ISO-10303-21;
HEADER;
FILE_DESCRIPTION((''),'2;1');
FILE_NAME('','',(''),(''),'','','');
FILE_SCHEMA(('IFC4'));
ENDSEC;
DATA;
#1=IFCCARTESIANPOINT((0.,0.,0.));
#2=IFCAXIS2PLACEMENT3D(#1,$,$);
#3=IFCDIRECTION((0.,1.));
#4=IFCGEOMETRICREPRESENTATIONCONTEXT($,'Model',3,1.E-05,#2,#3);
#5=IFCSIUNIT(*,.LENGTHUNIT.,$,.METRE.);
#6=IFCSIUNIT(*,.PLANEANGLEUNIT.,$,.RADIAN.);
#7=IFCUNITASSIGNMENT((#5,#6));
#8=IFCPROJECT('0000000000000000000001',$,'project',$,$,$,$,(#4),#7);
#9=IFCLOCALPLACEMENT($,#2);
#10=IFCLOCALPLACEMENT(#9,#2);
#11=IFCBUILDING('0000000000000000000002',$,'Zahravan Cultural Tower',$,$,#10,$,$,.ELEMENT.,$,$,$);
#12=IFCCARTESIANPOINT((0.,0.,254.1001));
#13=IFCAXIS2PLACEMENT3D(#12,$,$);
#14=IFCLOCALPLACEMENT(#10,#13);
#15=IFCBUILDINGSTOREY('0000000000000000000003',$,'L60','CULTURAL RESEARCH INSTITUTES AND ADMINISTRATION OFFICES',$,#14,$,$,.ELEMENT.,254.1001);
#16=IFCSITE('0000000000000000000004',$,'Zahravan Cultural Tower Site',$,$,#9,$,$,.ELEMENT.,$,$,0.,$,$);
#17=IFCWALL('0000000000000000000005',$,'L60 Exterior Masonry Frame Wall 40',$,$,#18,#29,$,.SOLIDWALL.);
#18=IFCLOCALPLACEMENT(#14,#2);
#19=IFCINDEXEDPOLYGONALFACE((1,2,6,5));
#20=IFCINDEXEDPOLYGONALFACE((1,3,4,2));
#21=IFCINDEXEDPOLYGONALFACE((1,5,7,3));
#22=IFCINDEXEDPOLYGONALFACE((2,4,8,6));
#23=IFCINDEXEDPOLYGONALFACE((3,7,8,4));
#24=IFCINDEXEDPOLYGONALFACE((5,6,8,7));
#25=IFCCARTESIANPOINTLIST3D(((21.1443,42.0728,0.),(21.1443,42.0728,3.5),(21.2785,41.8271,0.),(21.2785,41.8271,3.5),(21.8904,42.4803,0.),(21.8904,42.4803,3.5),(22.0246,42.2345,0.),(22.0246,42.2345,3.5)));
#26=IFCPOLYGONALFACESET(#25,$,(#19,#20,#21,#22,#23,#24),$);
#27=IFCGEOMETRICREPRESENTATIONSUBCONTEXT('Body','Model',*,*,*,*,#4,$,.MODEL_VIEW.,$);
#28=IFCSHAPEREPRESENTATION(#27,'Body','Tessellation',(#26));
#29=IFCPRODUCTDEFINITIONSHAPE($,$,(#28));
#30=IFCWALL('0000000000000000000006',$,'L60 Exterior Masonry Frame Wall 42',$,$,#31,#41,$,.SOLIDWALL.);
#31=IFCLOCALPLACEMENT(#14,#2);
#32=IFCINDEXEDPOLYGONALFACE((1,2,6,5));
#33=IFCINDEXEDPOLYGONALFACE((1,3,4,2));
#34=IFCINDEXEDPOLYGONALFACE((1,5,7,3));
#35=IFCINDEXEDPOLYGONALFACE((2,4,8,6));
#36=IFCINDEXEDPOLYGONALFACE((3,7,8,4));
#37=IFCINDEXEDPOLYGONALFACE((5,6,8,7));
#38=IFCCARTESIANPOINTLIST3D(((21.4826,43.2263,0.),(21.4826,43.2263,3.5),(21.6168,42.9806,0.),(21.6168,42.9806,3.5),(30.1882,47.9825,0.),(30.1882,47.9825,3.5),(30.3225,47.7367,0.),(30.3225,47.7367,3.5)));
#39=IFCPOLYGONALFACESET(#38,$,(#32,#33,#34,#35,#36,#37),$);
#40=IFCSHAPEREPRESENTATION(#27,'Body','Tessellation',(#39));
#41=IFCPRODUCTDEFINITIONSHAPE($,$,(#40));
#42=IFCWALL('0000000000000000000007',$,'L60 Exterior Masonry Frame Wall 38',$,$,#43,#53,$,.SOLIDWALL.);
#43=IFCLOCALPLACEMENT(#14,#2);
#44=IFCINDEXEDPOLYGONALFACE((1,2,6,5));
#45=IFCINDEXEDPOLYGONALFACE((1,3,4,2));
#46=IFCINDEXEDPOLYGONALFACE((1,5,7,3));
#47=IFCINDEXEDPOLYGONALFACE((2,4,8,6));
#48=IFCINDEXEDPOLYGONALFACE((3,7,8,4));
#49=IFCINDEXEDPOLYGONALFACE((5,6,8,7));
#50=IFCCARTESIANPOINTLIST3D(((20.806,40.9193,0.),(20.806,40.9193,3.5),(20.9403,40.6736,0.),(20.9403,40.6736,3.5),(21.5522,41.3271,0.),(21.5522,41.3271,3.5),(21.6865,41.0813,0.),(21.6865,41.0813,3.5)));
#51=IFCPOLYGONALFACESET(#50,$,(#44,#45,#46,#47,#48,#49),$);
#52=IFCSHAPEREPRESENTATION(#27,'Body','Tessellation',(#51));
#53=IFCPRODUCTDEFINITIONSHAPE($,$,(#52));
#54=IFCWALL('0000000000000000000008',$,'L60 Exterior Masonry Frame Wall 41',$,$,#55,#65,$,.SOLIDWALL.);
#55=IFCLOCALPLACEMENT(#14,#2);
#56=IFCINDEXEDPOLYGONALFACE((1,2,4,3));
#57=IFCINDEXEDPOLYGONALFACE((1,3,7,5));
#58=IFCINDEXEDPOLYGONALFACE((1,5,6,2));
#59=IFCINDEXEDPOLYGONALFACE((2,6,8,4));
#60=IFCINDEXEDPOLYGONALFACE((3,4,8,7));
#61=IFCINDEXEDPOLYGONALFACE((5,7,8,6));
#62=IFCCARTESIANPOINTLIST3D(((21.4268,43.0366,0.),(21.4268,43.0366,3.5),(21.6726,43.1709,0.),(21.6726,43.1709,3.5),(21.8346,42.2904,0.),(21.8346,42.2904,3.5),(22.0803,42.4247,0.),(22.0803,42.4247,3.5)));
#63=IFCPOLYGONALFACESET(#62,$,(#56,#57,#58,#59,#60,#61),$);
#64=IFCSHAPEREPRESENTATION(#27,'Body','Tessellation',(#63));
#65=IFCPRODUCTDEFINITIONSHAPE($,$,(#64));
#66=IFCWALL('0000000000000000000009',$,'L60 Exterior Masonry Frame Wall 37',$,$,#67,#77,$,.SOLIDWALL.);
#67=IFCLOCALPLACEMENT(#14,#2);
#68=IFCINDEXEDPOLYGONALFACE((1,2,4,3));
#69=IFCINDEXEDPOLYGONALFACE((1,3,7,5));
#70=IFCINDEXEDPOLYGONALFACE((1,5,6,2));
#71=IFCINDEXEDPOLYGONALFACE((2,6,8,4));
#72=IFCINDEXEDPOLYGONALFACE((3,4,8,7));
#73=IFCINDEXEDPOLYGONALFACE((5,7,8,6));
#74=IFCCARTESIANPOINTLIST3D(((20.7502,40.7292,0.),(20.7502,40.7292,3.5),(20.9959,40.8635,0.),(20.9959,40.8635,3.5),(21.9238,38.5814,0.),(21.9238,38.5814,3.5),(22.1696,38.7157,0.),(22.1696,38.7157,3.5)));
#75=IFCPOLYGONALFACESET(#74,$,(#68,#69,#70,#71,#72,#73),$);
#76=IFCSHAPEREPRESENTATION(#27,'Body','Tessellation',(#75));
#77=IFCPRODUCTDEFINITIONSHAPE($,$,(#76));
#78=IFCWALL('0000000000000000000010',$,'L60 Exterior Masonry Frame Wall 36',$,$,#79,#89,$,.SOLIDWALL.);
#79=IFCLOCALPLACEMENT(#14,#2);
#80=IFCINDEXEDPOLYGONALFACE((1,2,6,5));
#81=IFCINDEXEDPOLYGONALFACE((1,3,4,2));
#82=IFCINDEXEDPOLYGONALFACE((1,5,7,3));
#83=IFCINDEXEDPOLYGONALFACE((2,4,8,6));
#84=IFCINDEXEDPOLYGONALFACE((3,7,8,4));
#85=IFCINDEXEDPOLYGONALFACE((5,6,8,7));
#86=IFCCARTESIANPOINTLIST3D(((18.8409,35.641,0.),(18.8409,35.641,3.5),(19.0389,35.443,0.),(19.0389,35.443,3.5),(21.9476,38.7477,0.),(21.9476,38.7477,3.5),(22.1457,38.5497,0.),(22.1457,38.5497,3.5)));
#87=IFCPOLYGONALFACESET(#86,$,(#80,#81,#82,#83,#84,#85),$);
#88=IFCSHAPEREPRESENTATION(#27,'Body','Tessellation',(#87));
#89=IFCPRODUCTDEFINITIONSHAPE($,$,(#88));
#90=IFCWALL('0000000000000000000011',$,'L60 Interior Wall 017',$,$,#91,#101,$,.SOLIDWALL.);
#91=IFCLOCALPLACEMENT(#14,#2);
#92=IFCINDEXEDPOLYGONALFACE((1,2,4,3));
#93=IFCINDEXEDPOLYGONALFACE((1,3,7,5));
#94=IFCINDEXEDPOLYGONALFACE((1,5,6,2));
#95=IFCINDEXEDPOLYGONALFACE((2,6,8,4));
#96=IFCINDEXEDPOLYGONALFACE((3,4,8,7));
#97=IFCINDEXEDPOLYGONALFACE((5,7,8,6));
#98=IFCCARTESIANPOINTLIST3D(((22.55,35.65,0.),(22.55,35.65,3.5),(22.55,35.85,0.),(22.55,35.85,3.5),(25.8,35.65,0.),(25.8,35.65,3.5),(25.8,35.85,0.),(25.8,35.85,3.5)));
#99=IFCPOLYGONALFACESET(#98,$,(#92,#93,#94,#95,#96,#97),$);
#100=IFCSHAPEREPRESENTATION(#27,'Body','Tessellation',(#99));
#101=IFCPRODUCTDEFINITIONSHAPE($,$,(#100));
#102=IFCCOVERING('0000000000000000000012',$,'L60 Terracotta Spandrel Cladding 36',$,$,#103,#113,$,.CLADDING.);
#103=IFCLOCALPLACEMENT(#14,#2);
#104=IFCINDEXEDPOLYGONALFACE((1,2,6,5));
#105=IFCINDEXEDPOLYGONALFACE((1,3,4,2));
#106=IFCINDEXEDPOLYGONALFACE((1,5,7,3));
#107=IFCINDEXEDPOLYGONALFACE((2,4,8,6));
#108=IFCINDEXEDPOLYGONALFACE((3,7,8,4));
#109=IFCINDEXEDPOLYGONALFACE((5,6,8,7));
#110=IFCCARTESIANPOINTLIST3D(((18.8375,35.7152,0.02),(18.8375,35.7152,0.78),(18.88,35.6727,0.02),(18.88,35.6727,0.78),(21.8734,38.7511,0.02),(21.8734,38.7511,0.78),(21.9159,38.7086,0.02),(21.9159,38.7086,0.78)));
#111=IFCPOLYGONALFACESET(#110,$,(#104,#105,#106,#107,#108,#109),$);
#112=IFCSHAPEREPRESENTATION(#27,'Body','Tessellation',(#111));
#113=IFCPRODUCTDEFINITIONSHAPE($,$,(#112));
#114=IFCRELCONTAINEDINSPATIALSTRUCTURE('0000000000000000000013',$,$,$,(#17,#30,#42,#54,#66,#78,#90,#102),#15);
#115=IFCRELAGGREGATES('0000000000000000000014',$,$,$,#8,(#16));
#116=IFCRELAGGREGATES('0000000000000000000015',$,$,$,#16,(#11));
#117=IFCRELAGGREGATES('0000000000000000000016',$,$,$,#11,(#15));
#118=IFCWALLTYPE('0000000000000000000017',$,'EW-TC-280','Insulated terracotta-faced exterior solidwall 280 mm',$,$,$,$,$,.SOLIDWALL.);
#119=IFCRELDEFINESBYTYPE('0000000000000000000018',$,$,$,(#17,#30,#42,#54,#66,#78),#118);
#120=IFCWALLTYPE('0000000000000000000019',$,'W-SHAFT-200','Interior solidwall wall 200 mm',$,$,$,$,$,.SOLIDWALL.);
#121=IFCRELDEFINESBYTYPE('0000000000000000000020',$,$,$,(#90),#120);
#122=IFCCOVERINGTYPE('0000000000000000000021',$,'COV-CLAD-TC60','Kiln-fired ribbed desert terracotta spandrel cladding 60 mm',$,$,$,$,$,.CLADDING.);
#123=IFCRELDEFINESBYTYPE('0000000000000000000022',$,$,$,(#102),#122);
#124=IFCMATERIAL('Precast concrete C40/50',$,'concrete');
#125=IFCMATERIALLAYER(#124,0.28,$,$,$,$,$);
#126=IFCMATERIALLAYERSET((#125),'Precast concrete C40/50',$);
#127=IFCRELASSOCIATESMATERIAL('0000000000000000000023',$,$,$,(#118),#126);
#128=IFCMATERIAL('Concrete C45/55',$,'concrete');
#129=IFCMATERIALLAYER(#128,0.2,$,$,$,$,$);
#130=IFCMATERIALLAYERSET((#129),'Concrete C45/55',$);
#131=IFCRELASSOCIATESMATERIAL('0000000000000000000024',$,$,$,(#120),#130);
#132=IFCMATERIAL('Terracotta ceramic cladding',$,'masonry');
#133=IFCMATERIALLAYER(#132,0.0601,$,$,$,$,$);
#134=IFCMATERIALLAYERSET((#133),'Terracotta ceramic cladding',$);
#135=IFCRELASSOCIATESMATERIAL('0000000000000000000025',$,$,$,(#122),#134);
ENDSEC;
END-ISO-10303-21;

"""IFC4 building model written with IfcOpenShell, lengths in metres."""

from ifc_helpers import new_model, si_unit, direction, frame, frame_2d, origin, origin_2d, place, context, subcontext, project, spatial, rectangle, extrude, source, transform, mapped, material, layer, layer_set, type_object, element, save


model = new_model("IFC4")

# Units and contexts
model_context = context("Model", 3, precision=1e-05, world=origin(), true_north=direction((0.0, 1.0)))
body_context = subcontext(model_context, "Body", "Model", "MODEL_VIEW")
ifc_project = project(units=[si_unit("LENGTHUNIT", "METRE"), si_unit("PLANEANGLEUNIT", "RADIAN")], contexts=[model_context])

# Site, building, storey
site_placement = place(None, origin())
site = spatial("IfcSite", under=ifc_project, at=site_placement, Name="Zahravan Cultural Tower Site", CompositionType="ELEMENT", RefElevation=0.0)
building_placement = place(site_placement, origin())
building = spatial("IfcBuilding", under=site, at=building_placement, Name="Zahravan Cultural Tower", CompositionType="ELEMENT")
storey_placement = place(building_placement, frame((0.0, 0.0, 254.1001)))
storey = spatial("IfcBuildingStorey", under=building, at=storey_placement, Name="L60", Description="CULTURAL RESEARCH INSTITUTES AND ADMINISTRATION OFFICES", CompositionType="ELEMENT", Elevation=254.1001)

# Walls
ifc_material_1 = material(Name="Precast concrete C40/50", Category="concrete")
ifc_layer_1 = layer(ifc_material_1, 0.28)
ifc_layer_set_1 = layer_set([ifc_layer_1], Name="Precast concrete C40/50")
wall_type_1 = type_object("IfcWallType", Name="EW-TC-280", Description="Insulated terracotta-faced exterior solidwall 280 mm", PredefinedType="SOLIDWALL", material=ifc_layer_set_1)
shared_shape_1 = source(origin(), body_context, "Body", "SweptSolid", [
    extrude(rectangle(XDim=0.8501, YDim=0.28, at=frame_2d((0.425, 0.0))), origin(), (0.0, 0.0, 1.0), 3.5),
])
for number, where, z_axis, x_axis, name in (
    (1, (21.2114, 41.95, 0.0), (0.0, 0.0, 1.0), (0.877643, 0.479315, 0.0), "L60 Exterior Masonry Frame Wall 40"),
):
    element("IfcWall", number, at=place(storey_placement, frame(where, z_axis=z_axis, x_axis=x_axis)), inside=storey, type_object=wall_type_1, Name=name, PredefinedType="SOLIDWALL", context=body_context, shape_type="MappedRepresentation", body=[
        mapped(shared_shape_1, transform((0.0, 0.0, 0.0), x_axis=(1.0, 0.0, 0.0), y_axis=(0.0, 1.0, 0.0), z_axis=(0.0, 0.0, 1.0), scale=1.0)),
    ])
shared_shape_2 = source(origin(), body_context, "Body", "SweptSolid", [
    extrude(rectangle(XDim=9.9202, YDim=0.28, at=frame_2d((4.96, 0.0))), origin(), (0.0, 0.0, 1.0), 3.5),
])
wall_1_placement = place(storey_placement, frame((21.5498, 43.1035, 0.0), z_axis=(0.0, 0.0, 1.0), x_axis=(0.877573, 0.479443, 0.0)))
element("IfcWall", 2, at=wall_1_placement, inside=storey, type_object=wall_type_1, Name="L60 Exterior Masonry Frame Wall 42", PredefinedType="SOLIDWALL", context=body_context, shape_type="MappedRepresentation", body=[
    mapped(shared_shape_2, transform((0.0, 0.0, 0.0), x_axis=(1.0, 0.0, 0.0), y_axis=(0.0, 1.0, 0.0), z_axis=(0.0, 0.0, 1.0), scale=1.0)),
])
shared_shape_3 = source(origin(), body_context, "Body", "SweptSolid", [
    extrude(rectangle(XDim=0.8503, YDim=0.28, at=frame_2d((0.4253, 0.0))), origin(), (0.0, 0.0, 1.0), 3.5),
])
for number, where, z_axis, x_axis, name in (
    (3, (20.873, 40.7964, 0.0), (0.0, 0.0, 1.0), (0.877522, 0.479536, 0.0), "L60 Exterior Masonry Frame Wall 38"),
    (4, (21.9575, 42.3574, 0.0), (0.0, 0.0, 1.0), (-0.479536, 0.877522, 0.0), "L60 Exterior Masonry Frame Wall 41"),
):
    element("IfcWall", number, at=place(storey_placement, frame(where, z_axis=z_axis, x_axis=x_axis)), inside=storey, type_object=wall_type_1, Name=name, PredefinedType="SOLIDWALL", context=body_context, shape_type="MappedRepresentation", body=[
        mapped(shared_shape_3, transform((0.0, 0.0, 0.0), x_axis=(1.0, 0.0, 0.0), y_axis=(0.0, 1.0, 0.0), z_axis=(0.0, 0.0, 1.0), scale=1.0)),
    ])
shared_shape_4 = source(origin(), body_context, "Body", "SweptSolid", [
    extrude(rectangle(XDim=2.4475, YDim=0.28, at=frame_2d((1.2236, 0.0))), origin(), (0.0, 0.0, 1.0), 3.5),
])
wall_2_placement = place(storey_placement, frame((22.0466, 38.6487, 0.0), z_axis=(0.0, 0.0, 1.0), x_axis=(-0.479516, 0.877533, 0.0)))
element("IfcWall", 5, at=wall_2_placement, inside=storey, type_object=wall_type_1, Name="L60 Exterior Masonry Frame Wall 37", PredefinedType="SOLIDWALL", context=body_context, shape_type="MappedRepresentation", body=[
    mapped(shared_shape_4, transform((0.0, 0.0, 0.0), x_axis=(1.0, 0.0, 0.0), y_axis=(0.0, 1.0, 0.0), z_axis=(0.0, 0.0, 1.0), scale=1.0)),
])
shared_shape_5 = source(origin(), body_context, "Body", "SweptSolid", [
    extrude(rectangle(XDim=4.3936, YDim=0.28, at=frame_2d((2.1968, 0.0))), origin(), (0.0, 0.0, 1.0), 3.5),
])
wall_3_placement = place(storey_placement, frame((18.9399, 35.542, 0.0), z_axis=(0.0, 0.0, 1.0), x_axis=(0.707107, 0.707107, 0.0)))
element("IfcWall", 6, at=wall_3_placement, inside=storey, type_object=wall_type_1, Name="L60 Exterior Masonry Frame Wall 36", PredefinedType="SOLIDWALL", context=body_context, shape_type="MappedRepresentation", body=[
    mapped(shared_shape_5, transform((0.0, 0.0, 0.0), x_axis=(1.0, 0.0, 0.0), y_axis=(0.0, 1.0, 0.0), z_axis=(0.0, 0.0, 1.0), scale=1.0)),
])
ifc_material_2 = material(Name="Concrete C45/55", Category="concrete")
ifc_layer_2 = layer(ifc_material_2, 0.2)
ifc_layer_set_2 = layer_set([ifc_layer_2], Name="Concrete C45/55")
wall_type_2 = type_object("IfcWallType", Name="W-SHAFT-200", Description="Interior solidwall wall 200 mm", PredefinedType="SOLIDWALL", material=ifc_layer_set_2)
shared_shape_6 = source(origin(), body_context, "Body", "SweptSolid", [
    extrude(rectangle(XDim=3.25, YDim=0.2, at=frame_2d((1.625, 0.0))), origin(), (0.0, 0.0, 1.0), 3.5),
])
wall_4_placement = place(storey_placement, frame((22.55, 35.75, 0.0), z_axis=(0.0, 0.0, 1.0), x_axis=(1.0, 0.0, 0.0)))
element("IfcWall", 7, at=wall_4_placement, inside=storey, type_object=wall_type_2, Name="L60 Interior Wall 017", PredefinedType="SOLIDWALL", context=body_context, shape_type="MappedRepresentation", body=[
    mapped(shared_shape_6, transform((0.0, 0.0, 0.0), x_axis=(1.0, 0.0, 0.0), y_axis=(0.0, 1.0, 0.0), z_axis=(0.0, 0.0, 1.0), scale=1.0)),
])

# Covering
ifc_material_3 = material(Name="Terracotta ceramic cladding", Category="masonry")
ifc_layer_3 = layer(ifc_material_3, 0.0601)
ifc_layer_set_3 = layer_set([ifc_layer_3], Name="Terracotta ceramic cladding")
covering_type = type_object("IfcCoveringType", Name="COV-CLAD-TC60", Description="Kiln-fired ribbed desert terracotta spandrel cladding 60 mm", PredefinedType="CLADDING", material=ifc_layer_set_3)
shared_shape_7 = source(origin(), body_context, "Body", "SweptSolid", [
    extrude(rectangle(XDim=4.2935, YDim=0.0601, at=origin_2d()), origin(), (0.0, 0.0, 1.0), 0.76),
])
covering_placement = place(storey_placement, frame((20.3767, 37.2119, 0.02), z_axis=(0.0, 0.0, 1.0), x_axis=(0.707107, 0.707107, 0.0)))
element("IfcCovering", 8, at=covering_placement, inside=storey, type_object=covering_type, Name="L60 Terracotta Spandrel Cladding 36", PredefinedType="CLADDING", context=body_context, shape_type="MappedRepresentation", body=[
    mapped(shared_shape_7, transform((0.0, 0.0, 0.0), x_axis=(1.0, 0.0, 0.0), y_axis=(0.0, 1.0, 0.0), z_axis=(0.0, 0.0, 1.0), scale=1.0)),
])

save(model, "model.ifc")
